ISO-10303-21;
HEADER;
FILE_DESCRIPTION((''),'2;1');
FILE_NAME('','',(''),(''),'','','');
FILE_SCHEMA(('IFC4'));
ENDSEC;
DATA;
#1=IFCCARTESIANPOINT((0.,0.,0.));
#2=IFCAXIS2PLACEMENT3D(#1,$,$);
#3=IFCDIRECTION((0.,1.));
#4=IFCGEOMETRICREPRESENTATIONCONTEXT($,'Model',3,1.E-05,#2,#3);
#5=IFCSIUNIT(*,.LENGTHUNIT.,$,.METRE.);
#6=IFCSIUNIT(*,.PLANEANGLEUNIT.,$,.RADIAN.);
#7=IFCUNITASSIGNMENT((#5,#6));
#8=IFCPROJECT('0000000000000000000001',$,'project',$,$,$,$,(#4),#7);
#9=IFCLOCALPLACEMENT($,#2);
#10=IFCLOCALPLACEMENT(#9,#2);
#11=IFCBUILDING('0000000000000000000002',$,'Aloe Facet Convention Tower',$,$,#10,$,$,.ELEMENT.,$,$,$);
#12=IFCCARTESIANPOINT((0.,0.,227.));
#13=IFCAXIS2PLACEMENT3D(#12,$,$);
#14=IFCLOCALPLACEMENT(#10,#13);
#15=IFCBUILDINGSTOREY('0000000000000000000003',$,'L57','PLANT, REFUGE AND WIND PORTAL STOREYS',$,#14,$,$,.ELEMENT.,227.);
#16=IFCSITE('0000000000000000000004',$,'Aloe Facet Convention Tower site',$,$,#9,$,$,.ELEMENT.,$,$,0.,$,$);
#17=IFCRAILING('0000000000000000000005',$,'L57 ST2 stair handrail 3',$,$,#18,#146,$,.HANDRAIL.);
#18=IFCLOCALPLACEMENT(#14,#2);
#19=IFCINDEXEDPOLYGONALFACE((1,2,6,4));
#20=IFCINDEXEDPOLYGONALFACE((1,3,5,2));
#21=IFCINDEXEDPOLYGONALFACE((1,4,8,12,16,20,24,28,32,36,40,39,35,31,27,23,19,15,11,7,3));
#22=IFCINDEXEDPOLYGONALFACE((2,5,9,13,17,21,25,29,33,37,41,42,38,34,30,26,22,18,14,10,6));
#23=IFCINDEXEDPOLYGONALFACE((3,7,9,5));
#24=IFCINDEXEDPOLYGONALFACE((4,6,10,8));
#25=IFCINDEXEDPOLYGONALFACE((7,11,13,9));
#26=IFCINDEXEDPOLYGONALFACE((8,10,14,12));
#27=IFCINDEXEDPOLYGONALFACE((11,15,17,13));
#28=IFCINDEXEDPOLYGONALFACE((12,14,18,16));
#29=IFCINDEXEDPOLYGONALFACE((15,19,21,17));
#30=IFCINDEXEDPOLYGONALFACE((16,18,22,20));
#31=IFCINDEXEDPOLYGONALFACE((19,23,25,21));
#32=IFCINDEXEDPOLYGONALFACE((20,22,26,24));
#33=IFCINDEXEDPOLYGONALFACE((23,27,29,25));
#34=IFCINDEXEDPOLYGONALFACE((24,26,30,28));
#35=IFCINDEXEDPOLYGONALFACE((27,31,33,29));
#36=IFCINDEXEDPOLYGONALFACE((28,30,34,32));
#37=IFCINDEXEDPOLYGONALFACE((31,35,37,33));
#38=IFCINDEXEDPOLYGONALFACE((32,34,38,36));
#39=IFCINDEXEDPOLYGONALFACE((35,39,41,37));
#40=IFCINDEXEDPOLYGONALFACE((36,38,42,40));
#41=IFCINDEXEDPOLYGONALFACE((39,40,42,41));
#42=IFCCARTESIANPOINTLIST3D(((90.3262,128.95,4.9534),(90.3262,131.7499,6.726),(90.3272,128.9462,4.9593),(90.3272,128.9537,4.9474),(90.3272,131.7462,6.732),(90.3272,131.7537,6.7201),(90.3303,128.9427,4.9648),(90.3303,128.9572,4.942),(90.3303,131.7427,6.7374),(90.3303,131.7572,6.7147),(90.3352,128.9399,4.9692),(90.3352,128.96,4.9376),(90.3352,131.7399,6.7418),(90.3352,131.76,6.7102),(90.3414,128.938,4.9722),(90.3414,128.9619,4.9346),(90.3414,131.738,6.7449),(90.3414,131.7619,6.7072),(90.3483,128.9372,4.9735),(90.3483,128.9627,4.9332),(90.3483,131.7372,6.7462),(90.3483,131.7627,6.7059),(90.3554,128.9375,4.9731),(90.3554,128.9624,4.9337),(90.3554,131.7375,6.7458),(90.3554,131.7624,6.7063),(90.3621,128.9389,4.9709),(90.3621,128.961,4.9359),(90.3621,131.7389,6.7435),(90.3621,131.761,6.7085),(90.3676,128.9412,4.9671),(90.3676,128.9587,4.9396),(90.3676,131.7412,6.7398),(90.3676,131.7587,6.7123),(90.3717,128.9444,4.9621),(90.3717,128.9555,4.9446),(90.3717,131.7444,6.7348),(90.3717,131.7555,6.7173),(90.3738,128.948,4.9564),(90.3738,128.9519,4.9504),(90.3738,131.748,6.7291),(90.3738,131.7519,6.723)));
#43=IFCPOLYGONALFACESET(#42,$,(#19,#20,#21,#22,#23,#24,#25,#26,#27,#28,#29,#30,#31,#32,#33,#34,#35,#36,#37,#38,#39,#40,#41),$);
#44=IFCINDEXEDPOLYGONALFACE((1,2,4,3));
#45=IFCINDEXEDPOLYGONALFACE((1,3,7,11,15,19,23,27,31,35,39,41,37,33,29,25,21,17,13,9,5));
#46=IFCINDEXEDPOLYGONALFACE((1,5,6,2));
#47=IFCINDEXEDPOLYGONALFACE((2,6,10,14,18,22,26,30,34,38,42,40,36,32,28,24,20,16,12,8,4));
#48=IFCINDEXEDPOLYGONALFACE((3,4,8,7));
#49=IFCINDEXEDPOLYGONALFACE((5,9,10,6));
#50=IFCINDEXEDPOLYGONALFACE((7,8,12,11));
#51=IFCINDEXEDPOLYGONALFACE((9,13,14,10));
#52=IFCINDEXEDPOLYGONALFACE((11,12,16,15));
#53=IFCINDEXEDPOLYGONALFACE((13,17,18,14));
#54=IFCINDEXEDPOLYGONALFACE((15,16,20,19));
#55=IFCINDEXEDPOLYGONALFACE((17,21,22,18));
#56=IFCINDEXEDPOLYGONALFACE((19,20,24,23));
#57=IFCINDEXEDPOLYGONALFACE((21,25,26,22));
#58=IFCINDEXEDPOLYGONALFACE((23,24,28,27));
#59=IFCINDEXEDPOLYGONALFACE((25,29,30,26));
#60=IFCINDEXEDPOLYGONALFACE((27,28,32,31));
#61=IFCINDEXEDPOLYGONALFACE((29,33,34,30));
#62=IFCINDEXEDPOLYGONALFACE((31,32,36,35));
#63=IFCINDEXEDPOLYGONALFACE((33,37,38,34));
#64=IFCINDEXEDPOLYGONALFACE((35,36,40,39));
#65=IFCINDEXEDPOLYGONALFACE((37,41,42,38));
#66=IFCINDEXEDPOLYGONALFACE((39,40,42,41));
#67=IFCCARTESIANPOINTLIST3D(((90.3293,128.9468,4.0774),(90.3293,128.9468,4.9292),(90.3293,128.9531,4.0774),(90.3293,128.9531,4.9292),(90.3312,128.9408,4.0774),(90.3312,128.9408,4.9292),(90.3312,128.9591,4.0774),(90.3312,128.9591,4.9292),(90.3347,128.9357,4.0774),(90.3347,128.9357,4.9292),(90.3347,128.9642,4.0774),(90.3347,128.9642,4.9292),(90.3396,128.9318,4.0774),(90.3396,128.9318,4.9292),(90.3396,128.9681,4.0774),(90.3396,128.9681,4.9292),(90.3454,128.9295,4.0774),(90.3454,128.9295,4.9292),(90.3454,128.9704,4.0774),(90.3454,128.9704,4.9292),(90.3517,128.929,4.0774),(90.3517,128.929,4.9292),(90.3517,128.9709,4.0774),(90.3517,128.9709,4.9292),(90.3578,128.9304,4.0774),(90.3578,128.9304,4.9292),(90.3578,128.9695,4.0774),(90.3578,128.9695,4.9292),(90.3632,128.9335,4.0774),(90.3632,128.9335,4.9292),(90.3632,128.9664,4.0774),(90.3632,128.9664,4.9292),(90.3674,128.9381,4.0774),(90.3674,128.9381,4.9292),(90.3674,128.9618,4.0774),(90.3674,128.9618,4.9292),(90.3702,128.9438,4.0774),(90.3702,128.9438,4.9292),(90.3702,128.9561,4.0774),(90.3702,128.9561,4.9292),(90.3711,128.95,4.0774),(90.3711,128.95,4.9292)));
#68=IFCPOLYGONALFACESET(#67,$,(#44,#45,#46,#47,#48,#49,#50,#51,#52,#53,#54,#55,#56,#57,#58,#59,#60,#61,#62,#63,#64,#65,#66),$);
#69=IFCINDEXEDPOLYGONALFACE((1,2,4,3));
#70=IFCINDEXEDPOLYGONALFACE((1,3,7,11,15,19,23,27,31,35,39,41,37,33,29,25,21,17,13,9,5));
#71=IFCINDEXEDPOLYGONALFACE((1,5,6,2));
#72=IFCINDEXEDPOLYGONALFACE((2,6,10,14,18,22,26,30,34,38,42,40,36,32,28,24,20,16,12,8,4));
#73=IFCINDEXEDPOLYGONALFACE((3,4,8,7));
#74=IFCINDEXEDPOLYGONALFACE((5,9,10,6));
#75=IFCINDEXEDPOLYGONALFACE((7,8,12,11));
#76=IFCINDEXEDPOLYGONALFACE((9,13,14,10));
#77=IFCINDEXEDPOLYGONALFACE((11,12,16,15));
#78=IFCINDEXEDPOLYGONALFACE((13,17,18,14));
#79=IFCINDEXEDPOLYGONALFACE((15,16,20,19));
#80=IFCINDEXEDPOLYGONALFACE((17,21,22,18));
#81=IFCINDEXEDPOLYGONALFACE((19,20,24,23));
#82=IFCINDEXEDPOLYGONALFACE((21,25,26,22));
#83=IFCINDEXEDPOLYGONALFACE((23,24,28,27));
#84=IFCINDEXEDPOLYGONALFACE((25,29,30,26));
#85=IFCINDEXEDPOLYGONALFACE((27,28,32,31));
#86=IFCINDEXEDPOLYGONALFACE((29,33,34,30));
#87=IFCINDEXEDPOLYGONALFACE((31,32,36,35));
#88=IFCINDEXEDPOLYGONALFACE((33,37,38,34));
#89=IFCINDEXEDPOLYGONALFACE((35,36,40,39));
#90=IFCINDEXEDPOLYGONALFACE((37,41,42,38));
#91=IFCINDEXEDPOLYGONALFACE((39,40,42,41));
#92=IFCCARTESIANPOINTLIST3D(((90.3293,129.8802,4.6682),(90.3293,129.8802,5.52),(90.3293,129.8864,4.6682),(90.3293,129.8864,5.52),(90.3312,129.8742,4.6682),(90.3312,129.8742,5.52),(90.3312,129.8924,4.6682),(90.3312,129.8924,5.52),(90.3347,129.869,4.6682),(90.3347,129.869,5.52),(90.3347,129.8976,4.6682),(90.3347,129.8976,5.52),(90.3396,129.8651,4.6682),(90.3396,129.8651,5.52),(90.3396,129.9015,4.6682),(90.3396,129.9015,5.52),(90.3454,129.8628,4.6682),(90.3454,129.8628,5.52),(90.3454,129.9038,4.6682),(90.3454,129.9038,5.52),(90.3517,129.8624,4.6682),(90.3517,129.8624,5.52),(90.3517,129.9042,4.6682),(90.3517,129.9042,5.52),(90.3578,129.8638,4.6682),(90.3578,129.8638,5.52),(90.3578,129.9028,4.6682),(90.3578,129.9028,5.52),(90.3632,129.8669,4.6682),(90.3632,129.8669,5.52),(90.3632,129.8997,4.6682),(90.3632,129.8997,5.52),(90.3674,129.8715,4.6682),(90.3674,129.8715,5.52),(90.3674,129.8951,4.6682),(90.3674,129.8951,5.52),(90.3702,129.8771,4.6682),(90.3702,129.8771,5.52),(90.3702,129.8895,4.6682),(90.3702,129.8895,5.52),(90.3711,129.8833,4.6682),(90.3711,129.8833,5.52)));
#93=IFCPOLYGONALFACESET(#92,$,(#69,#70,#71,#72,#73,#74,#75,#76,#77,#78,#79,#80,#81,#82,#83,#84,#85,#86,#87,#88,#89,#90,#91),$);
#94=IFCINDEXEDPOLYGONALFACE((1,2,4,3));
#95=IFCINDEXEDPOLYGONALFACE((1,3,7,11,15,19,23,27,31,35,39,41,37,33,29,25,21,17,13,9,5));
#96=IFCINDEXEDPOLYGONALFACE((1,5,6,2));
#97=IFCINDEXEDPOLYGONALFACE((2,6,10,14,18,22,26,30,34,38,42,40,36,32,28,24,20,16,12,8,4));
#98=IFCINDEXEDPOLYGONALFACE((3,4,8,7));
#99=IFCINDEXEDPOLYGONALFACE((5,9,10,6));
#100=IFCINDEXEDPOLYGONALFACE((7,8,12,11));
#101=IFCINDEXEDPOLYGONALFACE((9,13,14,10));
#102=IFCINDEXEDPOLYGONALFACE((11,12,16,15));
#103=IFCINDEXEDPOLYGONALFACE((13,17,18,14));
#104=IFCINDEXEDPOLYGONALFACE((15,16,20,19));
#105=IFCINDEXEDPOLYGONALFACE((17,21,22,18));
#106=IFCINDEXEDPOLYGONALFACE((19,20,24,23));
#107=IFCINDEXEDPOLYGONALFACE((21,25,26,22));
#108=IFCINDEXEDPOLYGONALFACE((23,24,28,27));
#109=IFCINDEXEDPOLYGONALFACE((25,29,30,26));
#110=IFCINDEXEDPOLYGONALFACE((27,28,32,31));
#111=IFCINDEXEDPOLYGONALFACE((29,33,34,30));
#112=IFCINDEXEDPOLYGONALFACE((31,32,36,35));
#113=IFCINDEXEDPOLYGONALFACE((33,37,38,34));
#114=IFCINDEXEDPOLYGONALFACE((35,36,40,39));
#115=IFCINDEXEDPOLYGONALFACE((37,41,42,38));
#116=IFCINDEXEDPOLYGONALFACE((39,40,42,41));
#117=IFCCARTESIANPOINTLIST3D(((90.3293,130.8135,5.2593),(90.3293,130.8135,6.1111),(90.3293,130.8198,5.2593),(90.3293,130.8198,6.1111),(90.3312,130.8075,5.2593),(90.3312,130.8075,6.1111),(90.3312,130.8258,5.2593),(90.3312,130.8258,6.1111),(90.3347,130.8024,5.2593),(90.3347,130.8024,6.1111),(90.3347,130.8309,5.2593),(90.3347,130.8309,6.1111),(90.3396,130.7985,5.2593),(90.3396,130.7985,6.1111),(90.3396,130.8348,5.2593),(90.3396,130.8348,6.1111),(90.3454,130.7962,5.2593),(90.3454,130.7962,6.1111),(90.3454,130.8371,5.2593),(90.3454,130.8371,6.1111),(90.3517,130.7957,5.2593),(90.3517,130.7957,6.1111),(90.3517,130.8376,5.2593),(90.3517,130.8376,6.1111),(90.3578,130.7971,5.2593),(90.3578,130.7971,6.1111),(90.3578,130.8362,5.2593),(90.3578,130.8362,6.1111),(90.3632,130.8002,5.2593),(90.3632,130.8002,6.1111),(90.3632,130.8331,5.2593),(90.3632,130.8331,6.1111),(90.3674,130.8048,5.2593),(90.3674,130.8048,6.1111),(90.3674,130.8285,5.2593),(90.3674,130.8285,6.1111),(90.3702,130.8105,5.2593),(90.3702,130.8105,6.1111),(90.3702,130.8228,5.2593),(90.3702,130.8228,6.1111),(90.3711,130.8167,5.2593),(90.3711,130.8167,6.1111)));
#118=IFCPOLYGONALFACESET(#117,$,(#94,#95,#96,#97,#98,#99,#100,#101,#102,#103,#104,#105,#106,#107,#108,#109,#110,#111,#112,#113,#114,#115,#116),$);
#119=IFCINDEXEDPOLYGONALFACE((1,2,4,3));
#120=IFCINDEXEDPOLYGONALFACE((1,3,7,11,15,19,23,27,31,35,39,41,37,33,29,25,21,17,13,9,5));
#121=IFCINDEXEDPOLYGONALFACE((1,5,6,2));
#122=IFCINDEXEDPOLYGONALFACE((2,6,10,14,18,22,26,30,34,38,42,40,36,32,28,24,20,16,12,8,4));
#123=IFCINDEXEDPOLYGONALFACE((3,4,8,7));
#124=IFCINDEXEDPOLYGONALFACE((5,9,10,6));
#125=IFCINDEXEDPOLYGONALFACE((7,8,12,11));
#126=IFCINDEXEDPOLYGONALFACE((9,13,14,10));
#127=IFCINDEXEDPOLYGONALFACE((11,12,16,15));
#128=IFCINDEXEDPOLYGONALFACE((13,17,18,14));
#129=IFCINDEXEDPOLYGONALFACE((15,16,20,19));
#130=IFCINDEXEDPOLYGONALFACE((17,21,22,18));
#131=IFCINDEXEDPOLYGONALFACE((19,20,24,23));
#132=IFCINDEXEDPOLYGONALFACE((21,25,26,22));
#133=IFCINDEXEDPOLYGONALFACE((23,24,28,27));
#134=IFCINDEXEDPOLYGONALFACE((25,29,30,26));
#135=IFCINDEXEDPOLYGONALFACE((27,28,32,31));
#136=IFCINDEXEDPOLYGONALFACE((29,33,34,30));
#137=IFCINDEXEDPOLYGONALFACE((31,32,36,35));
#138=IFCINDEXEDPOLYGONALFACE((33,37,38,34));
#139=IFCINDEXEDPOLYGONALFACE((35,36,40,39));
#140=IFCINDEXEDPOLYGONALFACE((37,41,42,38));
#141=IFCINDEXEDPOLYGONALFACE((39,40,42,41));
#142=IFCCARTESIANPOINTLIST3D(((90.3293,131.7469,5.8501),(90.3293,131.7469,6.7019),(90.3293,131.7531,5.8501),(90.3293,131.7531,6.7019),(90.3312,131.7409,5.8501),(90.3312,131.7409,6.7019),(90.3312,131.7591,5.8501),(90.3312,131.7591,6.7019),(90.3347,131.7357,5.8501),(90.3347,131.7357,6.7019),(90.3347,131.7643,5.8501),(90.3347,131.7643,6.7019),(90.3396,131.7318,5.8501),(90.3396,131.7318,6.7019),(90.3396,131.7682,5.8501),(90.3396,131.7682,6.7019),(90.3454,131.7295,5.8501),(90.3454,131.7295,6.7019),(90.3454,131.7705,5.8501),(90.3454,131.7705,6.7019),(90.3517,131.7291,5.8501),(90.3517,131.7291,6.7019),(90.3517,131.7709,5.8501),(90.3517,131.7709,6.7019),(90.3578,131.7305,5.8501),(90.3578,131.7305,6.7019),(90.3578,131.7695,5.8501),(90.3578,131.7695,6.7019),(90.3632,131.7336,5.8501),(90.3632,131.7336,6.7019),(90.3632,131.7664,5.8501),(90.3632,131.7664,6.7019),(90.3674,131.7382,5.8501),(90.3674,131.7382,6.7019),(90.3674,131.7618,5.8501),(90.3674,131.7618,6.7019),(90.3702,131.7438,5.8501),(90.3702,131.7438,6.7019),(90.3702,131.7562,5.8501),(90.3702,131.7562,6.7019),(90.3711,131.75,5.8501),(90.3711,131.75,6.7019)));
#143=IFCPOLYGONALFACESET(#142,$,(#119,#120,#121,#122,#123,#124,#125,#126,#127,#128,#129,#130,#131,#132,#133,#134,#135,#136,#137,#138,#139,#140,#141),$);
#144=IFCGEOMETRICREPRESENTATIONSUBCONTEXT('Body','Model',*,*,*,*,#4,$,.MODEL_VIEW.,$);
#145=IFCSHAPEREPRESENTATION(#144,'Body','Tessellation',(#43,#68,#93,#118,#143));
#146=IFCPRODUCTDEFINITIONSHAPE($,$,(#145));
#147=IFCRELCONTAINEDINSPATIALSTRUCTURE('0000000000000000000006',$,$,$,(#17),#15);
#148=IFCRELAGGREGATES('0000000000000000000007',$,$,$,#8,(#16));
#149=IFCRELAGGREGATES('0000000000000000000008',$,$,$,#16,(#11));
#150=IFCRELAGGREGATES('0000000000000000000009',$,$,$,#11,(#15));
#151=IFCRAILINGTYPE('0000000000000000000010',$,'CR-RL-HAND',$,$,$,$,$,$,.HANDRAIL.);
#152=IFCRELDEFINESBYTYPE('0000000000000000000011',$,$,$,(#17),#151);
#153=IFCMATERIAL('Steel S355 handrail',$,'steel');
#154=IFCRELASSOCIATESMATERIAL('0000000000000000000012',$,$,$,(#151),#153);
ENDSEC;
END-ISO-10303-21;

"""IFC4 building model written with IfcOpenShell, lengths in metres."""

from ifc_helpers import new_model, si_unit, direction, frame, origin, origin_2d, place, context, subcontext, project, spatial, circle, extrude, material, type_object, element, save


model = new_model("IFC4")

# Units and contexts
model_context = context("Model", 3, precision=1e-05, world=origin(), true_north=direction((0.0, 1.0)))
body_context = subcontext(model_context, "Body", "Model", "MODEL_VIEW")
ifc_project = project(units=[si_unit("LENGTHUNIT", "METRE"), si_unit("PLANEANGLEUNIT", "RADIAN")], contexts=[model_context])

# Site, building, storey
site_placement = place(None, origin())
site = spatial("IfcSite", under=ifc_project, at=site_placement, Name="Aloe Facet Convention Tower site", CompositionType="ELEMENT", RefElevation=0.0)
building_placement = place(site_placement, origin())
building = spatial("IfcBuilding", under=site, at=building_placement, Name="Aloe Facet Convention Tower", CompositionType="ELEMENT")
storey_placement = place(building_placement, frame((0.0, 0.0, 227.0)))
storey = spatial("IfcBuildingStorey", under=building, at=storey_placement, Name="L57", Description="PLANT, REFUGE AND WIND PORTAL STOREYS", CompositionType="ELEMENT", Elevation=227.0)

# Railing
ifc_material_1 = material(Name="Steel S355 handrail", Category="steel")
railing_type_1 = type_object("IfcRailingType", Name="CR-RL-HAND", PredefinedType="HANDRAIL", material=ifc_material_1)
for number, where, name in (
    (1, (90.3501, 128.95, 4.0774), "L57 ST2 stair handrail 3"),
):
    element("IfcRailing", number, at=place(storey_placement, frame(where)), inside=storey, type_object=railing_type_1, Name=name, PredefinedType="HANDRAIL", context=body_context, shape_type="SweptSolid", body=[
        extrude(circle(Radius=0.0239, at=origin_2d()), frame((0.0, 0.0, 0.876), z_axis=(0.0, 0.844909, 0.53491), x_axis=(-1.0, 0.0, 0.0)), (0.0, 0.0, 1.0), 3.314),
        extrude(circle(Radius=0.021, at=origin_2d()), origin(), (0.0, 0.0, 1.0), 0.8518),
        extrude(circle(Radius=0.021, at=origin_2d()), frame((0.0, 0.9333, 0.5908)), (0.0, 0.0, 1.0), 0.8518),
        extrude(circle(Radius=0.021, at=origin_2d()), frame((0.0, 1.8667, 1.1819)), (0.0, 0.0, 1.0), 0.8518),
        extrude(circle(Radius=0.021, at=origin_2d()), frame((0.0, 2.8, 1.7727)), (0.0, 0.0, 1.0), 0.8518),
    ])

save(model, "model.ifc")
